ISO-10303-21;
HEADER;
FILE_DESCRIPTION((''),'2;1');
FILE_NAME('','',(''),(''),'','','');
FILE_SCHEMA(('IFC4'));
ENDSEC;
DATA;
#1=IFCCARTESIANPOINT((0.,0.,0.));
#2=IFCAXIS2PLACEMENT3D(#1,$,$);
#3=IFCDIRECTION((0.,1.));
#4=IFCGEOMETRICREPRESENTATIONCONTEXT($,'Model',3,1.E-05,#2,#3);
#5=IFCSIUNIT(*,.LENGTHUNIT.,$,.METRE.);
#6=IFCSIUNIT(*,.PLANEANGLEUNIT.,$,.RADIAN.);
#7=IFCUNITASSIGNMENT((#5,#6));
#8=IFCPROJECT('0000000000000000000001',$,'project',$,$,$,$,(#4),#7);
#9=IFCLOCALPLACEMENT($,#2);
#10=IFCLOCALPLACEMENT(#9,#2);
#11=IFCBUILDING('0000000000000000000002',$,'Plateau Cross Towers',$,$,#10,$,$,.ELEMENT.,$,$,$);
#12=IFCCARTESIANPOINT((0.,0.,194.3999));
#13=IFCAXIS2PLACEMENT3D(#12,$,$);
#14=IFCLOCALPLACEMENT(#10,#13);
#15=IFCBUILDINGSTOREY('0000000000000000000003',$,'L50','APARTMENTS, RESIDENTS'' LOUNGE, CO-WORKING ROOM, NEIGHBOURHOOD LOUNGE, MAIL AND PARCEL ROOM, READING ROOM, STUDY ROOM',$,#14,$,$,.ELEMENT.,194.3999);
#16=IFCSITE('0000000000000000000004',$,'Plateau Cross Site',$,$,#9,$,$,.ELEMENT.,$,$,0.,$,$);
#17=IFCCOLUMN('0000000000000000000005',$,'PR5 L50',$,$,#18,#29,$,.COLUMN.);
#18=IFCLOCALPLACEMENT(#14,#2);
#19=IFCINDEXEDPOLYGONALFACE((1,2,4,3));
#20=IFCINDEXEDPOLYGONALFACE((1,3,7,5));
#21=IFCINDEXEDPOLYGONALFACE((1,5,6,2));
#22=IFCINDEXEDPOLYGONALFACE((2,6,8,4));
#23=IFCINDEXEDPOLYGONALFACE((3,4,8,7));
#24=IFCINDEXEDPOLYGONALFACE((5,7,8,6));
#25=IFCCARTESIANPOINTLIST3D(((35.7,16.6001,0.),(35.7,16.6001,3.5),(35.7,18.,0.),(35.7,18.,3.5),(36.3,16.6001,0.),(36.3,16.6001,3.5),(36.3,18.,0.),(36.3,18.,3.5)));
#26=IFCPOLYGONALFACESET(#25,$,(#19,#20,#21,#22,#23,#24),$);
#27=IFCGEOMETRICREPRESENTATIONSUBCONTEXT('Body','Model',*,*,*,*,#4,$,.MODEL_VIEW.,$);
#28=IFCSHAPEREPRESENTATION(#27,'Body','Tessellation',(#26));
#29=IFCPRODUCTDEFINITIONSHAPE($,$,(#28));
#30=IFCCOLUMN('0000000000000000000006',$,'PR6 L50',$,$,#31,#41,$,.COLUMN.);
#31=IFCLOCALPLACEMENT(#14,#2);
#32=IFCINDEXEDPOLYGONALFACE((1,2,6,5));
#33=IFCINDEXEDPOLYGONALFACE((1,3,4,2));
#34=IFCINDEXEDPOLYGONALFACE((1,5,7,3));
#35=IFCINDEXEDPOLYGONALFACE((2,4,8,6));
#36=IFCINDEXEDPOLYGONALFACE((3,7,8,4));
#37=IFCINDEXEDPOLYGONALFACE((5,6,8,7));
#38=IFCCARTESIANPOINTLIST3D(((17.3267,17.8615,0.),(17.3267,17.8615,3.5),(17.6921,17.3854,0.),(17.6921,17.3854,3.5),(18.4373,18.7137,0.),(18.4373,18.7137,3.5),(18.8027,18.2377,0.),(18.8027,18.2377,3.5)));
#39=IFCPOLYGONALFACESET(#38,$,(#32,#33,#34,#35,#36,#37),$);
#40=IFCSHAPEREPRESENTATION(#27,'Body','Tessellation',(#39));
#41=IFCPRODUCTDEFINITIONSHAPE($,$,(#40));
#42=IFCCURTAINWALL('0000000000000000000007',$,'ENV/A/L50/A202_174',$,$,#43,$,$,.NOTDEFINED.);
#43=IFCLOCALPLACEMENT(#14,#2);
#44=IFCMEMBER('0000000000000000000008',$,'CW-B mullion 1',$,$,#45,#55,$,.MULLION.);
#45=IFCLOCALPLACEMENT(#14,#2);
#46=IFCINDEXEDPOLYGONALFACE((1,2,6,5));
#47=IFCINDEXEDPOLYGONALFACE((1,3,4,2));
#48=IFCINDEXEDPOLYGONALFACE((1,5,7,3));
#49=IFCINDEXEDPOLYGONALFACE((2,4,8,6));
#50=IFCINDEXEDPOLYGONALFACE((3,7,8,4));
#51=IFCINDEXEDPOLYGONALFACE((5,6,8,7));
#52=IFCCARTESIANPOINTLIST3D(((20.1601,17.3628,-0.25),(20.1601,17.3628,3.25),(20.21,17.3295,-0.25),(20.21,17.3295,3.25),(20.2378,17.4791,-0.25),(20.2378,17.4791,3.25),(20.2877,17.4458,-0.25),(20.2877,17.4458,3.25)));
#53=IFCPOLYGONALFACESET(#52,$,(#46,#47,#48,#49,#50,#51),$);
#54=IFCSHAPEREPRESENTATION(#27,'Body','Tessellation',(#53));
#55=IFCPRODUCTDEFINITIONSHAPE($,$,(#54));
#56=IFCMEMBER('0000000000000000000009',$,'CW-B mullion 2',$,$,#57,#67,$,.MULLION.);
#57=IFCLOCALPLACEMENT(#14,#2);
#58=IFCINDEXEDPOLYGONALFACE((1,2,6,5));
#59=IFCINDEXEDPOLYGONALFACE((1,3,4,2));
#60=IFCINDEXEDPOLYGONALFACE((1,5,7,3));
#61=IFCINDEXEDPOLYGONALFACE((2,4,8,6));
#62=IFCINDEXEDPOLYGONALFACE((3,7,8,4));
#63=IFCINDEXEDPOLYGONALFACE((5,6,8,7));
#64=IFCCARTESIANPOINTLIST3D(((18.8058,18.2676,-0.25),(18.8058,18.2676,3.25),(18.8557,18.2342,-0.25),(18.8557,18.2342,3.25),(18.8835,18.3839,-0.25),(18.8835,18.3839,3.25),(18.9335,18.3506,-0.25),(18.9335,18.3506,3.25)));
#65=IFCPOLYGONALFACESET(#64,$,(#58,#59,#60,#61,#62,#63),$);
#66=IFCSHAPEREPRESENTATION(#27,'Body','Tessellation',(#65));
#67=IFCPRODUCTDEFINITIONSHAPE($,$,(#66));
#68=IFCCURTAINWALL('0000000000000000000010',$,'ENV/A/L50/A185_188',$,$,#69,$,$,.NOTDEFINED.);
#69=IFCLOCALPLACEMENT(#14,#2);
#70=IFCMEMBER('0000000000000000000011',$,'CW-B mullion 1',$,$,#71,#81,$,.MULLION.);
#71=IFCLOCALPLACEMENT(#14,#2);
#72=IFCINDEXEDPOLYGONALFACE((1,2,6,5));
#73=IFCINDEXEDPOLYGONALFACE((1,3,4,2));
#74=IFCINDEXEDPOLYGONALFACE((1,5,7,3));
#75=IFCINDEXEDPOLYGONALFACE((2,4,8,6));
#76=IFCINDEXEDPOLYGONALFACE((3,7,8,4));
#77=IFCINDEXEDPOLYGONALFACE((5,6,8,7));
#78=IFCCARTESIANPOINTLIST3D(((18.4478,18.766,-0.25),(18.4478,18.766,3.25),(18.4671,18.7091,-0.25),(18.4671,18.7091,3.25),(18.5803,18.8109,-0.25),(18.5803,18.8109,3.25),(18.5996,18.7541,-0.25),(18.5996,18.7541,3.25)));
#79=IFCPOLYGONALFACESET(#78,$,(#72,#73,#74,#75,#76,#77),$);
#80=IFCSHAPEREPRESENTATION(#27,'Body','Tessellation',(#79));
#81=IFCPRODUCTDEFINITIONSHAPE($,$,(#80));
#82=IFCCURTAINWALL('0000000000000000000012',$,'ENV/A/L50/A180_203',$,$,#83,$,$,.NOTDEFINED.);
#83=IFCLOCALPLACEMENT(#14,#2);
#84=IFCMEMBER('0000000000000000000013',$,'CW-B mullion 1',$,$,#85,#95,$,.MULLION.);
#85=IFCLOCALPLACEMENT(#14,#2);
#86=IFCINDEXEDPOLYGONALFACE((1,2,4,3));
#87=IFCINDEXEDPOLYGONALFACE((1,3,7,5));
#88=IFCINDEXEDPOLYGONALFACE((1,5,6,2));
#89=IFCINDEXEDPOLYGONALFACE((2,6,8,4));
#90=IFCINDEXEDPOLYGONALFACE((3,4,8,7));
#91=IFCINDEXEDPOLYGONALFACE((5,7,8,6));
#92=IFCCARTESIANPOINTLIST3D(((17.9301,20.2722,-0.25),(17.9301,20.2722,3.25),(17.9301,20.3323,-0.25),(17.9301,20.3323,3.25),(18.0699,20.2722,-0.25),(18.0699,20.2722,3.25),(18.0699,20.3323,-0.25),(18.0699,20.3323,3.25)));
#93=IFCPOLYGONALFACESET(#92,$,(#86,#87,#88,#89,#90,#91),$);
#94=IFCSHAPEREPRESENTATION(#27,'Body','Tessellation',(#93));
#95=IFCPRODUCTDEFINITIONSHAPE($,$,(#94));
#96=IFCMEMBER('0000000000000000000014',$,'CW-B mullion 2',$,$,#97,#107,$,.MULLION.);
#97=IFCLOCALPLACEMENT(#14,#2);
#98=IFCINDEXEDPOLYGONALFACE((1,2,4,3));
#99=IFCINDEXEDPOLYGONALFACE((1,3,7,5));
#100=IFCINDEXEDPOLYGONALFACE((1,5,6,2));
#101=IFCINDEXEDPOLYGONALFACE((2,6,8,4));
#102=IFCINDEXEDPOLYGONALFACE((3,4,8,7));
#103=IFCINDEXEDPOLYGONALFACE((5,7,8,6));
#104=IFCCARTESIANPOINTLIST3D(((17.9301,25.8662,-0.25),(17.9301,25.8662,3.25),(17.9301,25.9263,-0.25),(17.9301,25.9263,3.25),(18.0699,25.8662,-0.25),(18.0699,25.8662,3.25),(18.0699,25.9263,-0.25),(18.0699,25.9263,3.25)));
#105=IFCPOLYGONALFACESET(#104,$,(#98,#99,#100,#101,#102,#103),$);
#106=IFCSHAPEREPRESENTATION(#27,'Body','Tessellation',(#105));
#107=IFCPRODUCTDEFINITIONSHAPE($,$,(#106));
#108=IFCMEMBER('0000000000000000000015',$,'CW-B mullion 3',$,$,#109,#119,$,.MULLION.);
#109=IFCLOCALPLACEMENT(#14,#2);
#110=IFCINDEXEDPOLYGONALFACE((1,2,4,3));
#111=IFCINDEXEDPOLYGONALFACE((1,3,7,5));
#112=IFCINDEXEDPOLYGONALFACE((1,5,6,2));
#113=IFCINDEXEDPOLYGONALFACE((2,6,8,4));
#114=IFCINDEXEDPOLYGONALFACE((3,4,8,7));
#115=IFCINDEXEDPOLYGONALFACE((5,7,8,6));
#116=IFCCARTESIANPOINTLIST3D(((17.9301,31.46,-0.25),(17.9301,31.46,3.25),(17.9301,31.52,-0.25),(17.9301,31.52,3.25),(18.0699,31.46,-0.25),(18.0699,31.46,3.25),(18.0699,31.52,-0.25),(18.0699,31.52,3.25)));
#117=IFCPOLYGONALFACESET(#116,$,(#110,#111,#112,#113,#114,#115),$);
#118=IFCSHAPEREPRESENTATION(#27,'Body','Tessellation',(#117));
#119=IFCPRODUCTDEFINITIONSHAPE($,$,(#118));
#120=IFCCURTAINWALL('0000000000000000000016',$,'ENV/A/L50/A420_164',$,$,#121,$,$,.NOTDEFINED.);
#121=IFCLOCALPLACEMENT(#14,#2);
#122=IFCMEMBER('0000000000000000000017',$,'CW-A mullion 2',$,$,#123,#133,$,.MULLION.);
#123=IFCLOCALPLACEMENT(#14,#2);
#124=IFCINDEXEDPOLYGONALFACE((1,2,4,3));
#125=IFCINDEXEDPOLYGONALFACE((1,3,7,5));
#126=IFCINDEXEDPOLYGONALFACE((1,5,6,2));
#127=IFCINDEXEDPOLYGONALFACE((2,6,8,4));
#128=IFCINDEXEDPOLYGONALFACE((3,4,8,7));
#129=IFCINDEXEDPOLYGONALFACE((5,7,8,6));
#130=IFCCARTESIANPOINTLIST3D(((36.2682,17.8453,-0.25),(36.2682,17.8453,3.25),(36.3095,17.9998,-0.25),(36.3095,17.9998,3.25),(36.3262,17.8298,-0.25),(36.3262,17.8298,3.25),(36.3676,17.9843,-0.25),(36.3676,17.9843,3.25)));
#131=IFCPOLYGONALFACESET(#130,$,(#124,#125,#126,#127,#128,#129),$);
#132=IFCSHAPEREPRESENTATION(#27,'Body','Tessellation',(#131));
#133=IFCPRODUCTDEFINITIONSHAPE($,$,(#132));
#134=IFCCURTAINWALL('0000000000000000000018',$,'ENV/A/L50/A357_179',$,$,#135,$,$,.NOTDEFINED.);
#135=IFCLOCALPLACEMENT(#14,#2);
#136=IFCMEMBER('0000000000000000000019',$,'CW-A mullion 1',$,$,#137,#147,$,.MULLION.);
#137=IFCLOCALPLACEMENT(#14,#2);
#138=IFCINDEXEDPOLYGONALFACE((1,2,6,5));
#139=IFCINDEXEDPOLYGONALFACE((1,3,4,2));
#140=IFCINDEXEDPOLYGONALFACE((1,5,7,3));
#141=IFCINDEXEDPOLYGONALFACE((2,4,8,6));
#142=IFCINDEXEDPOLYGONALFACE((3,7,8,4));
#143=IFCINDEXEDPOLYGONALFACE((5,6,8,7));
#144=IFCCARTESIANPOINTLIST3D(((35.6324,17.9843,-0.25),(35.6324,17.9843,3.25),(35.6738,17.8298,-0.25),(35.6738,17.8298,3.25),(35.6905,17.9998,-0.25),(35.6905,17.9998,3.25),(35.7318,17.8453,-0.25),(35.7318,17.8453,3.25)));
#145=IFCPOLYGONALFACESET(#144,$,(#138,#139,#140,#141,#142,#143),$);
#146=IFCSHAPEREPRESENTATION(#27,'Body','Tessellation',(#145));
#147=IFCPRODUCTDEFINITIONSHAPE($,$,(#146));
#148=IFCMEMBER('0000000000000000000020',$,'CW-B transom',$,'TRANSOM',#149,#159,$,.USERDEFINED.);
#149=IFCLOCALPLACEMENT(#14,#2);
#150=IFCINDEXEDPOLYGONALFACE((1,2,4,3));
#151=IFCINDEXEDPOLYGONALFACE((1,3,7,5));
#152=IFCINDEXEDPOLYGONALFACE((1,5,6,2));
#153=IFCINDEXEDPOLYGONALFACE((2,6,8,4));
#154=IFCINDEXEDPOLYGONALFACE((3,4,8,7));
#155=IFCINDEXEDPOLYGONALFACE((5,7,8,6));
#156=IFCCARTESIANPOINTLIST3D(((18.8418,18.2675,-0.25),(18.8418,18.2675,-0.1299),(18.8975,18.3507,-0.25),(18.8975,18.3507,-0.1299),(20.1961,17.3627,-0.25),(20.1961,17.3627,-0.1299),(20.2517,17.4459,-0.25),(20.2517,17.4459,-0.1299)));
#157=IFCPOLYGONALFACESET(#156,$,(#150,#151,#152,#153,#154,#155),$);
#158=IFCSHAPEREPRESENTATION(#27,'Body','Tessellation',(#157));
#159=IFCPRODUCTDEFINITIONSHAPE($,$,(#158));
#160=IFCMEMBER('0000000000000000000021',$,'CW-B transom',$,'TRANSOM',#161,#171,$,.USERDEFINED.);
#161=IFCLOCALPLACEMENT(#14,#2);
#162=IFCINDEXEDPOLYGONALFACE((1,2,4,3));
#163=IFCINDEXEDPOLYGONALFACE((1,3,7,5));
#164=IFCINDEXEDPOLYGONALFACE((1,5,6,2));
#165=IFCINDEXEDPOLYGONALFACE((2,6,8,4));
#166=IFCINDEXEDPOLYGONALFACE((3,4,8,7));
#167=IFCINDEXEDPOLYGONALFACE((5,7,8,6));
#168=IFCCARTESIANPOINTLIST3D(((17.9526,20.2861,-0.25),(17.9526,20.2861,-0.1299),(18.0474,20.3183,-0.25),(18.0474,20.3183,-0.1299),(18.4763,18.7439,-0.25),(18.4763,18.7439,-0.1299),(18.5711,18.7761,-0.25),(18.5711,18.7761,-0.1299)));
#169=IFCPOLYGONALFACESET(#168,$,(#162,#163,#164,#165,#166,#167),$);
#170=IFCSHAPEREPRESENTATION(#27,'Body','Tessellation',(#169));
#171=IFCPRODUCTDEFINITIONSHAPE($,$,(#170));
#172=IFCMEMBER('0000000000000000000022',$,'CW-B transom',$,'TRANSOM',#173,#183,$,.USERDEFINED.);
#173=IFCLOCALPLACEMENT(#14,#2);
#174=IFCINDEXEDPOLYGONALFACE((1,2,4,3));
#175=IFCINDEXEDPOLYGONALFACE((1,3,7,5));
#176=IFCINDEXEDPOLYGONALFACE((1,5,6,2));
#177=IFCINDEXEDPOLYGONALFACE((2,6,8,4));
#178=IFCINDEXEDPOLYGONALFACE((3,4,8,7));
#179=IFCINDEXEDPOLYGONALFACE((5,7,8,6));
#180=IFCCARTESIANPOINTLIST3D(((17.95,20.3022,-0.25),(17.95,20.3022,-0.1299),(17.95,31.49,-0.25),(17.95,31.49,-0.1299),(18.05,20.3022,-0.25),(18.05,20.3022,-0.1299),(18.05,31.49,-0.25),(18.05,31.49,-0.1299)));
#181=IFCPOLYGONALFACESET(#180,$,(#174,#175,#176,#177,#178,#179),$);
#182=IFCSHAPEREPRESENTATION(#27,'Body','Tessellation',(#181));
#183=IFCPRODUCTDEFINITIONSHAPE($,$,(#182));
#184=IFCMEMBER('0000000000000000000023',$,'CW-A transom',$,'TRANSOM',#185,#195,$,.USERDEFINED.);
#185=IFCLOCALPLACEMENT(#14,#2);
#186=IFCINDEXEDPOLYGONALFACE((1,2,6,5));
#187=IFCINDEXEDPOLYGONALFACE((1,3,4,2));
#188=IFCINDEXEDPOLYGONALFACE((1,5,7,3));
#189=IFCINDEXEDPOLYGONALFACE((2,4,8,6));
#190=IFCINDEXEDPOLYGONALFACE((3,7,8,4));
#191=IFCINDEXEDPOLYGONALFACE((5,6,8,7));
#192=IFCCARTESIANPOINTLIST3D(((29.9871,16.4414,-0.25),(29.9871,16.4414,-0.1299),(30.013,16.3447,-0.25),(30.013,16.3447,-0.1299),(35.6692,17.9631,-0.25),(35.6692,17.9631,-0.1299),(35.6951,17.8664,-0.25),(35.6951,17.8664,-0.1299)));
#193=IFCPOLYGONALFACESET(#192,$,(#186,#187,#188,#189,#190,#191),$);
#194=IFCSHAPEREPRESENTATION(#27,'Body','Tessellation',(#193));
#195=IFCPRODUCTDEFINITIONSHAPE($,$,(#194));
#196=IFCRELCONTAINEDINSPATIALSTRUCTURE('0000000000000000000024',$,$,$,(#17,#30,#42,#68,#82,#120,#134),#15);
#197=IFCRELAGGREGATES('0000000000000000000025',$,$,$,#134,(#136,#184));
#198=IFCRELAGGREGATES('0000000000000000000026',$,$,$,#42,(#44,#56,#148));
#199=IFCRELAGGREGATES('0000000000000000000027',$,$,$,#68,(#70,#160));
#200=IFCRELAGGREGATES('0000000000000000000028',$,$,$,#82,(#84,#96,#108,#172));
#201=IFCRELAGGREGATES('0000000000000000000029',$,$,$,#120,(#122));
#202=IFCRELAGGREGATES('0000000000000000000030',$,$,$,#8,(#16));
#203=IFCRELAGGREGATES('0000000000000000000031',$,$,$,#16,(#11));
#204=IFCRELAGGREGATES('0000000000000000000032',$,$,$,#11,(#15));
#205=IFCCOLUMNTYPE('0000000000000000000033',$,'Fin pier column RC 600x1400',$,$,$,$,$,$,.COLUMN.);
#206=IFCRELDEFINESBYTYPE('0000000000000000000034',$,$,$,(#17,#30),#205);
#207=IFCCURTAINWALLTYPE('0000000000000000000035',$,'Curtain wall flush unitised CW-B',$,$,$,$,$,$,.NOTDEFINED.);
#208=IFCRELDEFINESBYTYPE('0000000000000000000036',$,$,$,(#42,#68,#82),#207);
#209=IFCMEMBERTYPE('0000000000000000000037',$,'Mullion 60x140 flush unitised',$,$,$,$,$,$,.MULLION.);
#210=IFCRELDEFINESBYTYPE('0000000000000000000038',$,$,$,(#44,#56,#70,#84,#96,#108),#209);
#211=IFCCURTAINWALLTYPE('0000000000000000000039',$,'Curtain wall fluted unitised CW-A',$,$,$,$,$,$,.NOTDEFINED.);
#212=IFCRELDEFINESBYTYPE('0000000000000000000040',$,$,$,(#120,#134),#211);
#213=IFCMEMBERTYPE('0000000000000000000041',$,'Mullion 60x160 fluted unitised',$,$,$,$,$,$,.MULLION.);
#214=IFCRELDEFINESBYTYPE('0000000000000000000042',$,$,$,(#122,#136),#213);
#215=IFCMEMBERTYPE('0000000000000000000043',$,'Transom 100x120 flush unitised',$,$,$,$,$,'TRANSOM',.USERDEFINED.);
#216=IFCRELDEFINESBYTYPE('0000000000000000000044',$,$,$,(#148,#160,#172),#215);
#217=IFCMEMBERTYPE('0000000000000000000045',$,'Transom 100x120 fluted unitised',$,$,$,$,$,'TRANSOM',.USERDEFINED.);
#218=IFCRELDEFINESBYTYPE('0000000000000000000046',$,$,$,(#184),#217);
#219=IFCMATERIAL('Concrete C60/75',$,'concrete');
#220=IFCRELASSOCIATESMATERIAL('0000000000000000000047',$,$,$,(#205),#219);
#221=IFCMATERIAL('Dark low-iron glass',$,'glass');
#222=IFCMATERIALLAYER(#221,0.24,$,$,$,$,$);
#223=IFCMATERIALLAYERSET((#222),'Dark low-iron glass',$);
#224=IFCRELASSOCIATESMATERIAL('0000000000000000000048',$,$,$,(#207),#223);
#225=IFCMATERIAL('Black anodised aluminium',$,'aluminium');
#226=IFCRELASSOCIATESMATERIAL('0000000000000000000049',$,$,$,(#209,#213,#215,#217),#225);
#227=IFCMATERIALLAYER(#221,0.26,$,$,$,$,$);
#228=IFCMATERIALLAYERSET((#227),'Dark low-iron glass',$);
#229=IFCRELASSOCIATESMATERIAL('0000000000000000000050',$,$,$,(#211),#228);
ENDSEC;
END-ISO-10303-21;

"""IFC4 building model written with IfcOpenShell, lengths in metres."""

from ifc_helpers import new_model, si_unit, direction, frame, origin, origin_2d, place, context, subcontext, project, spatial, rectangle, extrude, material, layer, layer_set, material_profile, profile_set, type_object, element, aggregate, save


model = new_model("IFC4")

# Units and contexts
model_context = context("Model", 3, precision=1e-05, world=origin(), true_north=direction((0.0, 1.0)))
body_context = subcontext(model_context, "Body", "Model", "MODEL_VIEW")
ifc_project = project(units=[si_unit("LENGTHUNIT", "METRE"), si_unit("PLANEANGLEUNIT", "RADIAN")], contexts=[model_context])

# Site, building, storey
site_placement = place(None, origin())
site = spatial("IfcSite", under=ifc_project, at=site_placement, Name="Plateau Cross Site", CompositionType="ELEMENT", RefElevation=0.0)
building_placement = place(site_placement, origin())
building = spatial("IfcBuilding", under=site, at=building_placement, Name="Plateau Cross Towers", CompositionType="ELEMENT")
storey_placement = place(building_placement, frame((0.0, 0.0, 194.3999)))
storey = spatial("IfcBuildingStorey", under=building, at=storey_placement, Name="L50", Description="APARTMENTS, RESIDENTS' LOUNGE, CO-WORKING ROOM, NEIGHBOURHOOD LOUNGE, MAIL AND PARCEL ROOM, READING ROOM, STUDY ROOM", CompositionType="ELEMENT", Elevation=194.3999)

# Columns
ifc_material_1 = material(Name="Concrete C60/75", Category="concrete")
ifc_material_profile_1 = material_profile(ifc_material_1, rectangle(XDim=0.6001, YDim=1.3999, at=origin_2d()), Name="RC 600x1400")
ifc_profile_set_1 = profile_set([ifc_material_profile_1], Name="Concrete C60/75")
column_type = type_object("IfcColumnType", Name="Fin pier column RC 600x1400", PredefinedType="COLUMN", material=ifc_profile_set_1)
for number, where, z_axis, x_axis, name in (
    (1, (36.0, 17.3, 0.0), (0.0, 0.0, 1.0), (1.0, 0.0, 0.0), "PR5 L50"),
    (2, (18.0647, 18.0496, 0.0), (0.0, 0.0, 1.0), (-0.608811, 0.793315, 0.0), "PR6 L50"),
):
    element("IfcColumn", number, at=place(storey_placement, frame(where, z_axis=z_axis, x_axis=x_axis)), inside=storey, type_object=column_type, Name=name, PredefinedType="COLUMN", context=body_context, shape_type="SweptSolid", body=[
        extrude(rectangle(XDim=0.6001, YDim=1.3999, at=origin_2d()), origin(), (0.0, 0.0, 1.0), 3.5),
    ])

# Curtain wall, members
ifc_material_2 = material(Name="Dark low-iron glass", Category="glass")
ifc_layer_1 = layer(ifc_material_2, 0.24)
ifc_layer_set_1 = layer_set([ifc_layer_1], Name="Dark low-iron glass")
curtain_wall_type_1 = type_object("IfcCurtainWallType", Name="Curtain wall flush unitised CW-B", PredefinedType="NOTDEFINED", material=ifc_layer_set_1)
curtain_wall_1_placement = place(storey_placement, origin())
curtain_wall_1 = element("IfcCurtainWall", 3, at=curtain_wall_1_placement, inside=storey, type_object=curtain_wall_type_1, Name="ENV/A/L50/A202_174", PredefinedType="NOTDEFINED")
ifc_material_3 = material(Name="Black anodised aluminium", Category="aluminium")
ifc_material_profile_2 = material_profile(ifc_material_3, rectangle(XDim=0.0601, YDim=0.1399, at=origin_2d()), Name="MULLION 60x140")
ifc_profile_set_2 = profile_set([ifc_material_profile_2], Name="Black anodised aluminium")
member_type_1 = type_object("IfcMemberType", Name="Mullion 60x140 flush unitised", PredefinedType="MULLION", material=ifc_profile_set_2)
member_1_placement = place(storey_placement, frame((20.2239, 17.4043, -0.25), z_axis=(0.0, 0.0, 1.0), x_axis=(-0.831521, 0.555493, 0.0)))
member_1 = element("IfcMember", 4, at=member_1_placement, type_object=member_type_1, Name="CW-B mullion 1", PredefinedType="MULLION", context=body_context, shape_type="SweptSolid", body=[
    extrude(rectangle(XDim=0.0601, YDim=0.1399, at=origin_2d()), origin(), (0.0, 0.0, 1.0), 3.5),
])
member_2_placement = place(storey_placement, frame((18.8696, 18.3091, -0.25), z_axis=(0.0, 0.0, 1.0), x_axis=(-0.831521, 0.555493, 0.0)))
member_2 = element("IfcMember", 5, at=member_2_placement, type_object=member_type_1, Name="CW-B mullion 2", PredefinedType="MULLION", context=body_context, shape_type="SweptSolid", body=[
    extrude(rectangle(XDim=0.0601, YDim=0.1399, at=origin_2d()), origin(), (0.0, 0.0, 1.0), 3.5),
])

# Curtain wall, member
curtain_wall_2_placement = place(storey_placement, origin())
curtain_wall_2 = element("IfcCurtainWall", 6, at=curtain_wall_2_placement, inside=storey, type_object=curtain_wall_type_1, Name="ENV/A/L50/A185_188", PredefinedType="NOTDEFINED")
member_3_placement = place(storey_placement, frame((18.5237, 18.76, -0.25), z_axis=(0.0, 0.0, 1.0), x_axis=(-0.321469, 0.94692, 0.0)))
member_3 = element("IfcMember", 7, at=member_3_placement, type_object=member_type_1, Name="CW-B mullion 1", PredefinedType="MULLION", context=body_context, shape_type="SweptSolid", body=[
    extrude(rectangle(XDim=0.0601, YDim=0.1399, at=origin_2d()), origin(), (0.0, 0.0, 1.0), 3.5),
])

# Curtain wall, members
curtain_wall_3_placement = place(storey_placement, origin())
curtain_wall_3 = element("IfcCurtainWall", 8, at=curtain_wall_3_placement, inside=storey, type_object=curtain_wall_type_1, Name="ENV/A/L50/A180_203", PredefinedType="NOTDEFINED")
member_4_placement = place(storey_placement, frame((18.0, 20.3022, -0.25), z_axis=(0.0, 0.0, 1.0), x_axis=(0.0, 1.0, 0.0)))
member_4 = element("IfcMember", 9, at=member_4_placement, type_object=member_type_1, Name="CW-B mullion 1", PredefinedType="MULLION", context=body_context, shape_type="SweptSolid", body=[
    extrude(rectangle(XDim=0.0601, YDim=0.1399, at=origin_2d()), origin(), (0.0, 0.0, 1.0), 3.5),
])
member_5_placement = place(storey_placement, frame((18.0, 25.8962, -0.25), z_axis=(0.0, 0.0, 1.0), x_axis=(0.0, 1.0, 0.0)))
member_5 = element("IfcMember", 10, at=member_5_placement, type_object=member_type_1, Name="CW-B mullion 2", PredefinedType="MULLION", context=body_context, shape_type="SweptSolid", body=[
    extrude(rectangle(XDim=0.0601, YDim=0.1399, at=origin_2d()), origin(), (0.0, 0.0, 1.0), 3.5),
])
member_6_placement = place(storey_placement, frame((18.0, 31.49, -0.25), z_axis=(0.0, 0.0, 1.0), x_axis=(0.0, 1.0, 0.0)))
member_6 = element("IfcMember", 11, at=member_6_placement, type_object=member_type_1, Name="CW-B mullion 3", PredefinedType="MULLION", context=body_context, shape_type="SweptSolid", body=[
    extrude(rectangle(XDim=0.0601, YDim=0.1399, at=origin_2d()), origin(), (0.0, 0.0, 1.0), 3.5),
])

# Curtain walls, members
ifc_layer_2 = layer(ifc_material_2, 0.26)
ifc_layer_set_2 = layer_set([ifc_layer_2], Name="Dark low-iron glass")
curtain_wall_type_2 = type_object("IfcCurtainWallType", Name="Curtain wall fluted unitised CW-A", PredefinedType="NOTDEFINED", material=ifc_layer_set_2)
curtain_wall_4_placement = place(storey_placement, origin())
curtain_wall_4 = element("IfcCurtainWall", 12, at=curtain_wall_4_placement, inside=storey, type_object=curtain_wall_type_2, Name="ENV/A/L50/A420_164", PredefinedType="NOTDEFINED")
ifc_material_profile_3 = material_profile(ifc_material_3, rectangle(XDim=0.0601, YDim=0.1599, at=origin_2d()), Name="MULLION 60x160")
ifc_profile_set_3 = profile_set([ifc_material_profile_3], Name="Black anodised aluminium")
member_type_2 = type_object("IfcMemberType", Name="Mullion 60x160 fluted unitised", PredefinedType="MULLION", material=ifc_profile_set_3)
member_7_placement = place(storey_placement, frame((36.3179, 17.9148, -0.25), z_axis=(0.0, 0.0, 1.0), x_axis=(-0.965958, 0.258699, 0.0)))
member_7 = element("IfcMember", 13, at=member_7_placement, type_object=member_type_2, Name="CW-A mullion 2", PredefinedType="MULLION", context=body_context, shape_type="SweptSolid", body=[
    extrude(rectangle(XDim=0.0601, YDim=0.1599, at=origin_2d()), origin(), (0.0, 0.0, 1.0), 3.5),
])
curtain_wall_5_placement = place(storey_placement, origin())
curtain_wall_5 = element("IfcCurtainWall", 14, at=curtain_wall_5_placement, inside=storey, type_object=curtain_wall_type_2, Name="ENV/A/L50/A357_179", PredefinedType="NOTDEFINED")
member_8_placement = place(storey_placement, frame((35.6821, 17.9148, -0.25), z_axis=(0.0, 0.0, 1.0), x_axis=(-0.965958, -0.258699, 0.0)))
member_8 = element("IfcMember", 15, at=member_8_placement, type_object=member_type_2, Name="CW-A mullion 1", PredefinedType="MULLION", context=body_context, shape_type="SweptSolid", body=[
    extrude(rectangle(XDim=0.0601, YDim=0.1599, at=origin_2d()), origin(), (0.0, 0.0, 1.0), 3.5),
])

# Members
ifc_material_profile_4 = material_profile(ifc_material_3, rectangle(XDim=0.1001, YDim=0.1201, at=origin_2d()), Name="TRANSOM 100x120")
ifc_profile_set_4 = profile_set([ifc_material_profile_4], Name="Black anodised aluminium")
member_type_3 = type_object("IfcMemberType", Name="Transom 100x120 flush unitised", ElementType="TRANSOM", PredefinedType="USERDEFINED", material=ifc_profile_set_4)
member_9_placement = place(storey_placement, frame((20.2239, 17.4043, -0.1899), z_axis=(-0.831496, 0.55553, 0.0), x_axis=(-0.55553, -0.831496, 0.0)))
member_9 = element("IfcMember", 16, at=member_9_placement, type_object=member_type_3, Name="CW-B transom", ObjectType="TRANSOM", PredefinedType="USERDEFINED", context=body_context, shape_type="SweptSolid", body=[
    extrude(rectangle(XDim=0.1001, YDim=0.1201, at=origin_2d()), origin(), (0.0, 0.0, 1.0), 1.6287),
])
member_10_placement = place(storey_placement, frame((18.5237, 18.76, -0.1899), z_axis=(-0.321529, 0.9469, 0.0), x_axis=(-0.9469, -0.321529, 0.0)))
member_10 = element("IfcMember", 17, at=member_10_placement, type_object=member_type_3, Name="CW-B transom", ObjectType="TRANSOM", PredefinedType="USERDEFINED", context=body_context, shape_type="SweptSolid", body=[
    extrude(rectangle(XDim=0.1001, YDim=0.1201, at=origin_2d()), origin(), (0.0, 0.0, 1.0), 1.6287),
])
member_11_placement = place(storey_placement, frame((18.0, 20.3022, -0.1899), z_axis=(0.0, 1.0, 0.0), x_axis=(-1.0, 0.0, 0.0)))
member_11 = element("IfcMember", 18, at=member_11_placement, type_object=member_type_3, Name="CW-B transom", ObjectType="TRANSOM", PredefinedType="USERDEFINED", context=body_context, shape_type="SweptSolid", body=[
    extrude(rectangle(XDim=0.1001, YDim=0.1201, at=origin_2d()), origin(), (0.0, 0.0, 1.0), 11.1877),
])
ifc_material_profile_5 = material_profile(ifc_material_3, rectangle(XDim=0.1001, YDim=0.1201, at=origin_2d()), Name="TRANSOM 100x120")
ifc_profile_set_5 = profile_set([ifc_material_profile_5], Name="Black anodised aluminium")
member_type_4 = type_object("IfcMemberType", Name="Transom 100x120 fluted unitised", ElementType="TRANSOM", PredefinedType="USERDEFINED", material=ifc_profile_set_5)
member_12_placement = place(storey_placement, frame((35.6821, 17.9148, -0.1899), z_axis=(-0.96596, -0.258693, 0.0), x_axis=(0.258693, -0.96596, 0.0)))
member_12 = element("IfcMember", 19, at=member_12_placement, type_object=member_type_4, Name="CW-A transom", ObjectType="TRANSOM", PredefinedType="USERDEFINED", context=body_context, shape_type="SweptSolid", body=[
    extrude(rectangle(XDim=0.1001, YDim=0.1201, at=origin_2d()), origin(), (0.0, 0.0, 1.0), 5.8823),
])
aggregate(curtain_wall_5, [member_8, member_12])

aggregate(curtain_wall_1, [member_1, member_2, member_9])
aggregate(curtain_wall_2, [member_3, member_10])
aggregate(curtain_wall_3, [member_4, member_5, member_6, member_11])
aggregate(curtain_wall_4, [member_7])

save(model, "model.ifc")
